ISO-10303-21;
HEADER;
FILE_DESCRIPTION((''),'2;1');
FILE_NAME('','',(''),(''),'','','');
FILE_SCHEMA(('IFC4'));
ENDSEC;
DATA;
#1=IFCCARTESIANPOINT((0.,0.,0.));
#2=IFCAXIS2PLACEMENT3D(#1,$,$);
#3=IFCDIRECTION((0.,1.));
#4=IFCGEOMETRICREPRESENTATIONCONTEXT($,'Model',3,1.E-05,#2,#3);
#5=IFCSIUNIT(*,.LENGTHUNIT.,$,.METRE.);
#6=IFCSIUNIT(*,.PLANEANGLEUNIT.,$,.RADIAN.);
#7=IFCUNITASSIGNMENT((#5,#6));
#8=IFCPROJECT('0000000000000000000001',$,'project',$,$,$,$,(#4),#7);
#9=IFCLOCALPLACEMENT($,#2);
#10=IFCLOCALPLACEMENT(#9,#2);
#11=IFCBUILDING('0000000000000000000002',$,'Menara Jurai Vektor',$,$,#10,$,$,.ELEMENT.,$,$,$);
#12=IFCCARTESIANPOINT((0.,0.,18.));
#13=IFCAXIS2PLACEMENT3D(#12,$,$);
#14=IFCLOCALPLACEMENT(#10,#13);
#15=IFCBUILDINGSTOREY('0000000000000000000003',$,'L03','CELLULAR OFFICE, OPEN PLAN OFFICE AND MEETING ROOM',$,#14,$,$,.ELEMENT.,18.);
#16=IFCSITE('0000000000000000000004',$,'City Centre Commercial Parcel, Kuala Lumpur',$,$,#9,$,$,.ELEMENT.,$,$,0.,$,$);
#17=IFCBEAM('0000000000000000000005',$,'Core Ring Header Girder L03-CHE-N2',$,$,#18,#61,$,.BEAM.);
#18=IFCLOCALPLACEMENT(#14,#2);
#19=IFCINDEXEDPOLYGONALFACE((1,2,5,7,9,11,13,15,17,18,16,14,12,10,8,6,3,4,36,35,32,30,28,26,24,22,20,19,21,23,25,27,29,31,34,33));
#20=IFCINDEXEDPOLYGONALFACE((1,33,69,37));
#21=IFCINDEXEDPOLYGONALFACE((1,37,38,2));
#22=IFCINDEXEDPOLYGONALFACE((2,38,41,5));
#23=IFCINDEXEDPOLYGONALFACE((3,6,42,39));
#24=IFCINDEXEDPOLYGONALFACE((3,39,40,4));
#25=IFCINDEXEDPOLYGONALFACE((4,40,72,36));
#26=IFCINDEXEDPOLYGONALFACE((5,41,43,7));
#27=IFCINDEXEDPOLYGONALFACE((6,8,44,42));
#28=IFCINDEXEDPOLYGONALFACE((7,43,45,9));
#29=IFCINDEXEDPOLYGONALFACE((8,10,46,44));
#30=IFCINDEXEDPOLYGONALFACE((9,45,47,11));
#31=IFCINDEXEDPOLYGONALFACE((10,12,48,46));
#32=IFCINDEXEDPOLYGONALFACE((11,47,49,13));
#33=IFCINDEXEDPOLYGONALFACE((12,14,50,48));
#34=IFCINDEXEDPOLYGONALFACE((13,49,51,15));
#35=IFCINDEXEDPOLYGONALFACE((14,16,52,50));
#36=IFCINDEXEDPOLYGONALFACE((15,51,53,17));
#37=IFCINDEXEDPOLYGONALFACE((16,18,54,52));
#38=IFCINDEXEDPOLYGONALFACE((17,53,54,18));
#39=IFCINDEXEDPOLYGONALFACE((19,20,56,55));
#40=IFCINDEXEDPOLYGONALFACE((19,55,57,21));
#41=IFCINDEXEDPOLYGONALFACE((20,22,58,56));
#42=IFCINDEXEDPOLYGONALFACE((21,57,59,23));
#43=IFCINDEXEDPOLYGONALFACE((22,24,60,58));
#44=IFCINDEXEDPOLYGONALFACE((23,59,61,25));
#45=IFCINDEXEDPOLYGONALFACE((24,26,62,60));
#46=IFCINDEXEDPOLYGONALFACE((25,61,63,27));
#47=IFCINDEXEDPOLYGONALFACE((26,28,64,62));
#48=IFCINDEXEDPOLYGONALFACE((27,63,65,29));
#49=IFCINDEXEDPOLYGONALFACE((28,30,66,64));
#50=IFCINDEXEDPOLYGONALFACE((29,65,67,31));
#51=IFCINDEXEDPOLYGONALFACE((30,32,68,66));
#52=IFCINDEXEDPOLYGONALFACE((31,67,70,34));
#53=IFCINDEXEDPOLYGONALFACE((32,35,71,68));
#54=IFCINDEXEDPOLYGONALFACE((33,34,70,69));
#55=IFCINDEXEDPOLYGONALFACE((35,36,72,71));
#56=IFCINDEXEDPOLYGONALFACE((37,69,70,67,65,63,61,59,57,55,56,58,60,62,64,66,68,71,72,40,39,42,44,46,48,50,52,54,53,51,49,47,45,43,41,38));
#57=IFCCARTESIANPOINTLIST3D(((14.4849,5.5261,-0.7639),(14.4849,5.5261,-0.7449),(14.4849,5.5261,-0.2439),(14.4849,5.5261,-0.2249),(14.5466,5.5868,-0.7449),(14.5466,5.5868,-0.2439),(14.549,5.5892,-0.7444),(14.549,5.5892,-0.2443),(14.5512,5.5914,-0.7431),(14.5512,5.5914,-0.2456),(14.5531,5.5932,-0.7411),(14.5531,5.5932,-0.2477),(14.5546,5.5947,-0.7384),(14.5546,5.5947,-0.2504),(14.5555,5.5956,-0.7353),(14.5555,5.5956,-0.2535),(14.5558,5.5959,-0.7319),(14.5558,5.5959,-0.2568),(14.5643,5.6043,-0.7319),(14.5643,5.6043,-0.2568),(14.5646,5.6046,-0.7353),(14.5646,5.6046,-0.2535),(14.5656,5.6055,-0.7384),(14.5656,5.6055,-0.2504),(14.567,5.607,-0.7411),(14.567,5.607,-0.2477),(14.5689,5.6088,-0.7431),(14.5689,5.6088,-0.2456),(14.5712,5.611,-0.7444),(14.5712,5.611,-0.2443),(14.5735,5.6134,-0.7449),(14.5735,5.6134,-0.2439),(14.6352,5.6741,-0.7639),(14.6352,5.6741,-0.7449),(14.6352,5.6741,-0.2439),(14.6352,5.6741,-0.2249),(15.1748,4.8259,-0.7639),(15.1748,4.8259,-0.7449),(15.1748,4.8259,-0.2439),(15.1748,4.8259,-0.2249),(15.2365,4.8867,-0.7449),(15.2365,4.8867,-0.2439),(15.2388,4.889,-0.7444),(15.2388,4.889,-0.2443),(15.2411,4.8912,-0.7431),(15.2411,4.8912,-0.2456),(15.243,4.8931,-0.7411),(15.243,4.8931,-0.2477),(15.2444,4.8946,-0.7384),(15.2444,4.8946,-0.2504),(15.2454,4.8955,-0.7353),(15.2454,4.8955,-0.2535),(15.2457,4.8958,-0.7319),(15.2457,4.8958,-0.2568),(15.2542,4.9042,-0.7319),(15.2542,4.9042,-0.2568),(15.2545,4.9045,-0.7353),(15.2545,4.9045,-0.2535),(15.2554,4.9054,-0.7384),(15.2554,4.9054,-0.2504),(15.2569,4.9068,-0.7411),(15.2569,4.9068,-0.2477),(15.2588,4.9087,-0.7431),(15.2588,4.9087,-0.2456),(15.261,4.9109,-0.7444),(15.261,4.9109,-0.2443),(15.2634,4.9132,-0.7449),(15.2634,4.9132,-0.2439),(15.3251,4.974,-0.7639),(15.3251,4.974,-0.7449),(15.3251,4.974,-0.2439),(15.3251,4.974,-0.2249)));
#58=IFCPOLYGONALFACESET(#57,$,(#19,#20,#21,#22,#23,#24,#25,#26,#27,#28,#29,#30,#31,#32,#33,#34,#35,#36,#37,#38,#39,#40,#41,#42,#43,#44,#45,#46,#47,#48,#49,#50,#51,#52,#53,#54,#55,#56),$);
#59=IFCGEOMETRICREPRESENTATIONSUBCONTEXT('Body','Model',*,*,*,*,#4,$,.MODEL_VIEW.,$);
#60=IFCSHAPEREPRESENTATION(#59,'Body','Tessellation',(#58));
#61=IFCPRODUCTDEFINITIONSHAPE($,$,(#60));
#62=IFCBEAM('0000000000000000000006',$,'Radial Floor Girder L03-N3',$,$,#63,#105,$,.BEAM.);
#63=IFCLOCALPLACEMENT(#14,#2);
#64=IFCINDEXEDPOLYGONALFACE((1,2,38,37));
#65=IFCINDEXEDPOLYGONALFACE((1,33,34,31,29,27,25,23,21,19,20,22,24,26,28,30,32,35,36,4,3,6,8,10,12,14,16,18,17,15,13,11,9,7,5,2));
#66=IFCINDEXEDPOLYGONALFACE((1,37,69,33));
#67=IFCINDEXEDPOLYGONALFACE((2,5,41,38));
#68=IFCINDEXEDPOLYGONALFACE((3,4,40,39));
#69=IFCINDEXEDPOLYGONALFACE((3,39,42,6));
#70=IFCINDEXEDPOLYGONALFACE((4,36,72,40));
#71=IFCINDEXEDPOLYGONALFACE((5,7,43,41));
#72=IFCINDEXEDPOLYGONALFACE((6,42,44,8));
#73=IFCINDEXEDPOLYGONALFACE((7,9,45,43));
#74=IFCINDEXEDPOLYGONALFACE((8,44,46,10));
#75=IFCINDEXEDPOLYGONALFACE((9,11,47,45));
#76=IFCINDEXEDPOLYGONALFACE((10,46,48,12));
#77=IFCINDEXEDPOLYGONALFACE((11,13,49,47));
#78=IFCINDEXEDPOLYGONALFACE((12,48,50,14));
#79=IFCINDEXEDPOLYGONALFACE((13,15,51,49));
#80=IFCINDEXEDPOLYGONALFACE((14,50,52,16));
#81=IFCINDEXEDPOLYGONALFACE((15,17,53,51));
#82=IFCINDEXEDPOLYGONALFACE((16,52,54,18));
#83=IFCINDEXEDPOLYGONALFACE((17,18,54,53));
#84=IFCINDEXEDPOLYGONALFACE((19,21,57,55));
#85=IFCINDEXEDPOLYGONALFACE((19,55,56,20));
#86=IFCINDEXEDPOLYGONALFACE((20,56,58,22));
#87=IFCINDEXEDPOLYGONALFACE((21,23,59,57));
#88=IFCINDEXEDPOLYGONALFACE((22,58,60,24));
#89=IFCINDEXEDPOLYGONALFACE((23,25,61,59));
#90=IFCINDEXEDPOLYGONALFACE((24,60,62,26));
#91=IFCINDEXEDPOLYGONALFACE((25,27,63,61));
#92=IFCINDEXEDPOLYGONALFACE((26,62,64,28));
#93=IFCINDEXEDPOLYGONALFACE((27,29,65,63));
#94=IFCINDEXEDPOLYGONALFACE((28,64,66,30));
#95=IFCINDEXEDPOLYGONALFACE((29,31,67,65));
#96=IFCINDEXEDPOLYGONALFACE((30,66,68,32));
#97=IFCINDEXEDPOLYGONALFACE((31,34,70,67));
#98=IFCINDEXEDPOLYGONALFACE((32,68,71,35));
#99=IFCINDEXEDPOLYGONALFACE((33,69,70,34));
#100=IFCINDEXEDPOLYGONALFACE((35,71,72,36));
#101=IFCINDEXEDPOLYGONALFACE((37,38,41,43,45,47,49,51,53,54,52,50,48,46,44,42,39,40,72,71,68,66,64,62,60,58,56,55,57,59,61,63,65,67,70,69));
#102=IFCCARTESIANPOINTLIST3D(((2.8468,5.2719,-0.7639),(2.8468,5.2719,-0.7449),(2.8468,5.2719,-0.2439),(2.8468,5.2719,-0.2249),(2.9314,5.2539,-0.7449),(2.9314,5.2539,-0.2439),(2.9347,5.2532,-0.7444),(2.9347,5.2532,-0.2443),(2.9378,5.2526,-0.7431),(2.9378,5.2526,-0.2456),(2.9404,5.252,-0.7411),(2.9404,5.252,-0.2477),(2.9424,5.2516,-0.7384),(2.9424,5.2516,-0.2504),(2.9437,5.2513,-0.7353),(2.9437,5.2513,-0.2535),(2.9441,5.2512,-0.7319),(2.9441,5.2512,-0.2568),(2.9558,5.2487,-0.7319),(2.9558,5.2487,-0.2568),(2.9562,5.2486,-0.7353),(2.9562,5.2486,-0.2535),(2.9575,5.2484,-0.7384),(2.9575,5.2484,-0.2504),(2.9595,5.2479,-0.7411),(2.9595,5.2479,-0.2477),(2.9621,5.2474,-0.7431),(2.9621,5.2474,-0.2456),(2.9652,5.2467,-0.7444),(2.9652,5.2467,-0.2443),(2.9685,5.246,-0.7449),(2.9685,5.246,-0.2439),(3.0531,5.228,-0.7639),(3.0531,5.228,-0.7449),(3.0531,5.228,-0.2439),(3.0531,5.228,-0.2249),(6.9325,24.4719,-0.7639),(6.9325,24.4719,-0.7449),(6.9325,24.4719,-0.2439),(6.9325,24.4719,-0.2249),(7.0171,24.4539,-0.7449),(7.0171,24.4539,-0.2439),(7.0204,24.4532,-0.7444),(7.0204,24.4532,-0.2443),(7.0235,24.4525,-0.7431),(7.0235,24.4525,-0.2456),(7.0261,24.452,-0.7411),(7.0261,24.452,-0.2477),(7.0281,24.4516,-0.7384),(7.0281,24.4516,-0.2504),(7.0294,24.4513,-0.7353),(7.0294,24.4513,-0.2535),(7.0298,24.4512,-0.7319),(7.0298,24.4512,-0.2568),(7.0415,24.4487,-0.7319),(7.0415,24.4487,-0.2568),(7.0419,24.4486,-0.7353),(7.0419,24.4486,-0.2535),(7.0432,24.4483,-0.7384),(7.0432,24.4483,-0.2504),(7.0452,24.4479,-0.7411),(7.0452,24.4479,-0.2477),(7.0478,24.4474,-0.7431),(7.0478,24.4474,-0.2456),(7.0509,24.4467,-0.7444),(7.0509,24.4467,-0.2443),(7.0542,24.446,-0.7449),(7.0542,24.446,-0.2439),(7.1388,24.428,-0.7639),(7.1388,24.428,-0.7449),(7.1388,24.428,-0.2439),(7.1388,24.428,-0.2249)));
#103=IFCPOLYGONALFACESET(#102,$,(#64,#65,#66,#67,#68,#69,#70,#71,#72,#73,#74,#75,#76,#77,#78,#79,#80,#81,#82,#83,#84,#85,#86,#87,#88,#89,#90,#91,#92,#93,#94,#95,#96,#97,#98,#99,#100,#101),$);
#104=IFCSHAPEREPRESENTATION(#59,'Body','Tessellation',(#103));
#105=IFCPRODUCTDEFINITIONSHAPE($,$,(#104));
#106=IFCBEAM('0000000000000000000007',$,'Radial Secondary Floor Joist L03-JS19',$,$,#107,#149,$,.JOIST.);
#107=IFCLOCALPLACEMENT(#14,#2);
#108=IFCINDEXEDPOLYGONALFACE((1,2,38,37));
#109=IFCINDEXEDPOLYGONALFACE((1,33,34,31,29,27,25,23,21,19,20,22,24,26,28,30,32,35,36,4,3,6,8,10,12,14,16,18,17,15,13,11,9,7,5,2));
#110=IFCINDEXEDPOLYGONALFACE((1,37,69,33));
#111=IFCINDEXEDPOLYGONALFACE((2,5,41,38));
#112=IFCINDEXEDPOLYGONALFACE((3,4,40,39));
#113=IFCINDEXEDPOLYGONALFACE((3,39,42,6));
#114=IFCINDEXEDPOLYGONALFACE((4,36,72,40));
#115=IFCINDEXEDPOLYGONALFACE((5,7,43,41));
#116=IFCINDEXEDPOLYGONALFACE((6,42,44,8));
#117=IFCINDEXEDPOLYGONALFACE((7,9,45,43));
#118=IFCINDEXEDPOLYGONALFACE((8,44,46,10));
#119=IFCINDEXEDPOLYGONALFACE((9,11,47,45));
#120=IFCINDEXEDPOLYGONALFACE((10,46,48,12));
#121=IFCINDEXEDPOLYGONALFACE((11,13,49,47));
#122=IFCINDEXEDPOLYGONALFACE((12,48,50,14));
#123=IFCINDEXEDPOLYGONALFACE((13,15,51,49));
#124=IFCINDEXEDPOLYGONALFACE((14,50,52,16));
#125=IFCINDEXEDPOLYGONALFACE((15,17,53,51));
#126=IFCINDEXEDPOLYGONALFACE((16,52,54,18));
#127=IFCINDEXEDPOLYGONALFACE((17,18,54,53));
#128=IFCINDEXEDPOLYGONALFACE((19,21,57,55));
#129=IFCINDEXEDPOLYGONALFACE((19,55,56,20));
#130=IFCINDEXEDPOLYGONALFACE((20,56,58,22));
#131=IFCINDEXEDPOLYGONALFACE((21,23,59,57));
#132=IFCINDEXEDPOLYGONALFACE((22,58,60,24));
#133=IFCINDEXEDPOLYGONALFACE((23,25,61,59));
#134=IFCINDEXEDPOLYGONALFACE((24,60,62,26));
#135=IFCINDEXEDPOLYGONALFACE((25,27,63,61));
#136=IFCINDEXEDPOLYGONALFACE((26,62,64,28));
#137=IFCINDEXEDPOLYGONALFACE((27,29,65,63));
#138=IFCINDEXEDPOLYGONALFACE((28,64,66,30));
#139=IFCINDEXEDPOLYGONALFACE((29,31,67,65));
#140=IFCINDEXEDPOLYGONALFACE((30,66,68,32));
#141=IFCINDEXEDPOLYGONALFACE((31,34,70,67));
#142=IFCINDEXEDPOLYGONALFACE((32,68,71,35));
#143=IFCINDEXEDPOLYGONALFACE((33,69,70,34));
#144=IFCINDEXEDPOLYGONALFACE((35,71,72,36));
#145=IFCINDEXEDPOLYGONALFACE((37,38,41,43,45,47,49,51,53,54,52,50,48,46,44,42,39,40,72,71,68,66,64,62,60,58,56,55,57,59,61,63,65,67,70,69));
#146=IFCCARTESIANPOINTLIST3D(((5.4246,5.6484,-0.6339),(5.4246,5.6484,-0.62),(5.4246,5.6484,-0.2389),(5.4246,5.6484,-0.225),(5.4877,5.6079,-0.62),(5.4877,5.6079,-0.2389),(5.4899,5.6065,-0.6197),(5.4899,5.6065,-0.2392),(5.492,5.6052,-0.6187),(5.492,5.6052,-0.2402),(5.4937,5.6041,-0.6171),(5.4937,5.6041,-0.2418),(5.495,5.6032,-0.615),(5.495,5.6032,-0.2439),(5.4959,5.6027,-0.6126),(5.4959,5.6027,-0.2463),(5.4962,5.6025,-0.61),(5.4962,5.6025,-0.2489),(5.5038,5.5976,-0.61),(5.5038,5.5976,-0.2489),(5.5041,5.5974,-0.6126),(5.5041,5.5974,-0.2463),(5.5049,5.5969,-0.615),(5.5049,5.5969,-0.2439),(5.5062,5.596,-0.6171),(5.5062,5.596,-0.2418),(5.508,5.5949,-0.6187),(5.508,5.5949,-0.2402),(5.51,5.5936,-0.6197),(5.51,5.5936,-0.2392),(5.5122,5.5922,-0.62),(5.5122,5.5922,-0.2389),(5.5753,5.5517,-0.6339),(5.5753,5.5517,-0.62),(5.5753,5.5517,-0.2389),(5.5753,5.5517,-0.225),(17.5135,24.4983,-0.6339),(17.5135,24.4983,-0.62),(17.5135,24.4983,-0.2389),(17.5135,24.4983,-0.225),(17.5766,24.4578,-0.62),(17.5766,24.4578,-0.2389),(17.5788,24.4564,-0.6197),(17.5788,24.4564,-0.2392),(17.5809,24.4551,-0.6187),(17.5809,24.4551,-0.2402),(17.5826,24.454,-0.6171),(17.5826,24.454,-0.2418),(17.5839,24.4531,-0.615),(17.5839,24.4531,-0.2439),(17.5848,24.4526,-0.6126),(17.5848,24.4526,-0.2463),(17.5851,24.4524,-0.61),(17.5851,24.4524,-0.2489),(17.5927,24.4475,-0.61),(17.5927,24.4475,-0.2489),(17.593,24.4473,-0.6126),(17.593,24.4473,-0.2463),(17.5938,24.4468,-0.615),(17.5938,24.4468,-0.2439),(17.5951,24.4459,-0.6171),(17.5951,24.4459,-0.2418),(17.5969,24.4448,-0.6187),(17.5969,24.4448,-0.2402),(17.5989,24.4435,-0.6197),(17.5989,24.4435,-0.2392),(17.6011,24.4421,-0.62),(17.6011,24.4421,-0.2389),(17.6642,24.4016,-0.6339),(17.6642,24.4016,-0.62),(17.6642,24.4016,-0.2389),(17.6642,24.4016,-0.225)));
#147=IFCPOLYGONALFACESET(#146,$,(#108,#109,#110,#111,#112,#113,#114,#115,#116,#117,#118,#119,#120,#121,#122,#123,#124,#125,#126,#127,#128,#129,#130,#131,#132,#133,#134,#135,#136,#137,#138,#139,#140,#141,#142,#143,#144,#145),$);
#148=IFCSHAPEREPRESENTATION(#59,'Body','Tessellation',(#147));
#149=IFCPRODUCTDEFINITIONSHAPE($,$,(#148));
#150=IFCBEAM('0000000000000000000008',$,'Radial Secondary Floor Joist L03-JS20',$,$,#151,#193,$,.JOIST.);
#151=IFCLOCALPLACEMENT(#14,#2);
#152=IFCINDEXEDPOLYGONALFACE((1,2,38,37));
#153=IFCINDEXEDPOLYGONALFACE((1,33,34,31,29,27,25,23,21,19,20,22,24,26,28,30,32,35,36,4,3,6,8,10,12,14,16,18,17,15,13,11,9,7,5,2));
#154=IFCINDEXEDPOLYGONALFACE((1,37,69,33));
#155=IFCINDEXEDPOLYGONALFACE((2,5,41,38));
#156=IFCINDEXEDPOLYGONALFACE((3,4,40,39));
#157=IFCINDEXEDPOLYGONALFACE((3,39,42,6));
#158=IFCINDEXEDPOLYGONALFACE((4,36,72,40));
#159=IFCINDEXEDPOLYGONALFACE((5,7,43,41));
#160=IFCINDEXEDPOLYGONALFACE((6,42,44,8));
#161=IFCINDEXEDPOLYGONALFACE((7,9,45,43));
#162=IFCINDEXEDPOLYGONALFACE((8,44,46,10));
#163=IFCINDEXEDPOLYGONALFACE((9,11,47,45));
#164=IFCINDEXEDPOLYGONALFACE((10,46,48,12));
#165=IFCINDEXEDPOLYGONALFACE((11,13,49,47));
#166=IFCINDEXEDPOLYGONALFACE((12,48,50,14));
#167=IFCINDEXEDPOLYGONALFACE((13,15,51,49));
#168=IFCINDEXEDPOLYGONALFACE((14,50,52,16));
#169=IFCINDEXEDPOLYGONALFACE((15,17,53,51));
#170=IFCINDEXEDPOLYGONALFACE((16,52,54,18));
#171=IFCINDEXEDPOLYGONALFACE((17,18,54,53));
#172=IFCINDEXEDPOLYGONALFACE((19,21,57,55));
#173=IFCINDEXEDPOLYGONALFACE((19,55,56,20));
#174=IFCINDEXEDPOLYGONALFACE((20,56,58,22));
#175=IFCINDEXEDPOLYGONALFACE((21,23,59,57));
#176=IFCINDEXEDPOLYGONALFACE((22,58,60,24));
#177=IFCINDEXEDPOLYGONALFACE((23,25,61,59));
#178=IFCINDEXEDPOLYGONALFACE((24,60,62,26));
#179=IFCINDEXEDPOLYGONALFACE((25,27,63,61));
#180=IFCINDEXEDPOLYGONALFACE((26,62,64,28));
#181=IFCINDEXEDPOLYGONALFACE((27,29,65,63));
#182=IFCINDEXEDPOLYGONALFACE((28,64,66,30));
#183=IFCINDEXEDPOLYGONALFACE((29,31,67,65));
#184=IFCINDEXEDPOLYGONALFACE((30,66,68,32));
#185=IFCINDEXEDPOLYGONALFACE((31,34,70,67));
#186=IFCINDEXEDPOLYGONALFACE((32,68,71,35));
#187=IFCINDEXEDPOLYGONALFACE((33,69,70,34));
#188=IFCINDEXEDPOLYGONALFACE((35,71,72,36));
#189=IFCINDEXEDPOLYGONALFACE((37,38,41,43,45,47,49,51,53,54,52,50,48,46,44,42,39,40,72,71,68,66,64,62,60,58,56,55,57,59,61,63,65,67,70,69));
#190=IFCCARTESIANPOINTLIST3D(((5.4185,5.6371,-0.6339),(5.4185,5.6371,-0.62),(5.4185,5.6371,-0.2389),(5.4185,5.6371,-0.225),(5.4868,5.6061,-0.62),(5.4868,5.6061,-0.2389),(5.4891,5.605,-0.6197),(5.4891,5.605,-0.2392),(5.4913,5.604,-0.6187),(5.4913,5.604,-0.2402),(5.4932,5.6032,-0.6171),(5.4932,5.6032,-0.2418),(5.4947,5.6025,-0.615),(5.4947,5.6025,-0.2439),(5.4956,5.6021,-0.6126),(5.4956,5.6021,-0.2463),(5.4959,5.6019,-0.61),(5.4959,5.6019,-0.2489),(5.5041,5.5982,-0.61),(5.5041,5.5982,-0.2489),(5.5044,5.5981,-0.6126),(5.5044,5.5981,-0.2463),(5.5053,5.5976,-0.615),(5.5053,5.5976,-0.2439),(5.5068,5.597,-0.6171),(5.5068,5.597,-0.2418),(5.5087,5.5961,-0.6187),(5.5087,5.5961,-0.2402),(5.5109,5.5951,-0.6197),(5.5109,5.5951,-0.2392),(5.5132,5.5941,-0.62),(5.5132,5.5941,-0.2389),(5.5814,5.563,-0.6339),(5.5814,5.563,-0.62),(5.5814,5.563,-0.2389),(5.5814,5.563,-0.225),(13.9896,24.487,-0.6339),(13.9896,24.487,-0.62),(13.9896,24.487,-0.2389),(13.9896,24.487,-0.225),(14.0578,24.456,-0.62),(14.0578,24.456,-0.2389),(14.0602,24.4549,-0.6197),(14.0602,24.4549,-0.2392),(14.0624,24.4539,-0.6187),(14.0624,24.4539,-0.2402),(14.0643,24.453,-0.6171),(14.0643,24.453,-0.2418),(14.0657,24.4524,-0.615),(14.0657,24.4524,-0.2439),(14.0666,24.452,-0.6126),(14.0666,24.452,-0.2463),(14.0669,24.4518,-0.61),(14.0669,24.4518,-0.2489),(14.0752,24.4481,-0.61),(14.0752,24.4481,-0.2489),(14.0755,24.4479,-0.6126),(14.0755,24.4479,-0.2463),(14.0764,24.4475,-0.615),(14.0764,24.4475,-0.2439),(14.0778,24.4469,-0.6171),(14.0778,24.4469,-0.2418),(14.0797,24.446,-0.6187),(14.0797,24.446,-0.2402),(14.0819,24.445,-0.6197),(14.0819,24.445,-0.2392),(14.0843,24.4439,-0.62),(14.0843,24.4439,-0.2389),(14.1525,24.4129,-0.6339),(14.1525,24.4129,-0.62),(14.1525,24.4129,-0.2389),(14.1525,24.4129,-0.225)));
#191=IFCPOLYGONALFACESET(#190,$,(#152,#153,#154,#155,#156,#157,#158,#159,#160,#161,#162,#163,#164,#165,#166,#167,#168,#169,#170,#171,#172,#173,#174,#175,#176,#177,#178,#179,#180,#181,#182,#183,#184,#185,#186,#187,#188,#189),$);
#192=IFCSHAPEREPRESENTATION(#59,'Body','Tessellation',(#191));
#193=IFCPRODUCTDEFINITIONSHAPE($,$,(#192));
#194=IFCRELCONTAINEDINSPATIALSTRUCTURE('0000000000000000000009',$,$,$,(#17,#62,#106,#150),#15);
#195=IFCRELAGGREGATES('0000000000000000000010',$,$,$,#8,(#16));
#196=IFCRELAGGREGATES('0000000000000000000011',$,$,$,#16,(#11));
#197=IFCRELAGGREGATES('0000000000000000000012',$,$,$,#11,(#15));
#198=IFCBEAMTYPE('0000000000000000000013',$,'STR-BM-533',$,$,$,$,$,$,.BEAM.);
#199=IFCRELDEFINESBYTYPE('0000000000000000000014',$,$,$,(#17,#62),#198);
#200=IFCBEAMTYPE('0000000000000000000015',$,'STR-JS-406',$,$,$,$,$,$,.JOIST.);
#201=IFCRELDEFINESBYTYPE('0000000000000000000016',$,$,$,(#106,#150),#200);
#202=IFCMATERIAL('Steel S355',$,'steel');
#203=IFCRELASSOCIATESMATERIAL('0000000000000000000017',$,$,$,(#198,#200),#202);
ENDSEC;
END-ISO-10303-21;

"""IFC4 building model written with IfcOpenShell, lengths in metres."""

from ifc_helpers import new_model, si_unit, direction, frame, origin, origin_2d, place, context, subcontext, project, spatial, i_section, extrude, material, material_profile, profile_set, type_object, element, save


model = new_model("IFC4")

# Units and contexts
model_context = context("Model", 3, precision=1e-05, world=origin(), true_north=direction((0.0, 1.0)))
body_context = subcontext(model_context, "Body", "Model", "MODEL_VIEW")
ifc_project = project(units=[si_unit("LENGTHUNIT", "METRE"), si_unit("PLANEANGLEUNIT", "RADIAN")], contexts=[model_context])

# Site, building, storey
site_placement = place(None, origin())
site = spatial("IfcSite", under=ifc_project, at=site_placement, Name="City Centre Commercial Parcel, Kuala Lumpur", CompositionType="ELEMENT", RefElevation=0.0)
building_placement = place(site_placement, origin())
building = spatial("IfcBuilding", under=site, at=building_placement, Name="Menara Jurai Vektor", CompositionType="ELEMENT")
storey_placement = place(building_placement, frame((0.0, 0.0, 18.0)))
storey = spatial("IfcBuildingStorey", under=building, at=storey_placement, Name="L03", Description="CELLULAR OFFICE, OPEN PLAN OFFICE AND MEETING ROOM", CompositionType="ELEMENT", Elevation=18.0)

# Beams
ifc_material_1 = material(Name="Steel S355", Category="steel")
ifc_material_profile_1 = material_profile(ifc_material_1, i_section(OverallWidth=0.2109, OverallDepth=0.5391, WebThickness=0.012, FlangeThickness=0.019, FilletRadius=0.0129, at=origin_2d()), Name="UKB 533x210x109")
ifc_profile_set_1 = profile_set([ifc_material_profile_1], Name="Steel S355")
beam_type_1 = type_object("IfcBeamType", Name="STR-BM-533", PredefinedType="BEAM", material=ifc_profile_set_1)
beam_1_placement = place(storey_placement, frame((14.5601, 5.6001, -0.4944), z_axis=(0.701872, -0.712303, 0.0), x_axis=(0.712303, 0.701872, 0.0)))
element("IfcBeam", 1, at=beam_1_placement, inside=storey, type_object=beam_type_1, Name="Core Ring Header Girder L03-CHE-N2", PredefinedType="BEAM", context=body_context, shape_type="SweptSolid", body=[
    extrude(i_section(OverallWidth=0.2109, OverallDepth=0.5391, WebThickness=0.012, FlangeThickness=0.019, FilletRadius=0.0129, at=origin_2d()), origin(), (0.0, 0.0, 1.0), 0.9829),
])
beam_2_placement = place(storey_placement, frame((7.0356, 24.45, -0.4944), z_axis=(-0.208137, -0.9781, 0.0), x_axis=(0.9781, -0.208137, 0.0)))
element("IfcBeam", 2, at=beam_2_placement, inside=storey, type_object=beam_type_1, Name="Radial Floor Girder L03-N3", PredefinedType="BEAM", context=body_context, shape_type="SweptSolid", body=[
    extrude(i_section(OverallWidth=0.2109, OverallDepth=0.5391, WebThickness=0.012, FlangeThickness=0.019, FilletRadius=0.0129, at=origin_2d()), origin(), (0.0, 0.0, 1.0), 19.6299),
])
ifc_material_profile_2 = material_profile(ifc_material_1, i_section(OverallWidth=0.179, OverallDepth=0.4089, WebThickness=0.009, FlangeThickness=0.0139, FilletRadius=0.01, at=origin_2d()), Name="UKB 406x178x67")
ifc_profile_set_2 = profile_set([ifc_material_profile_2], Name="Steel S355")
beam_type_2 = type_object("IfcBeamType", Name="STR-JS-406", PredefinedType="JOIST", material=ifc_profile_set_2)
beam_3_placement = place(storey_placement, frame((17.5889, 24.45, -0.4294), z_axis=(-0.539844, -0.841765, 0.0), x_axis=(0.841765, -0.539844, 0.0)))
element("IfcBeam", 3, at=beam_3_placement, inside=storey, type_object=beam_type_2, Name="Radial Secondary Floor Joist L03-JS19", PredefinedType="JOIST", context=body_context, shape_type="SweptSolid", body=[
    extrude(i_section(OverallWidth=0.179, OverallDepth=0.4089, WebThickness=0.009, FlangeThickness=0.0139, FilletRadius=0.01, at=origin_2d()), origin(), (0.0, 0.0, 1.0), 22.3933),
])
beam_4_placement = place(storey_placement, frame((14.071, 24.45, -0.4294), z_axis=(-0.41392, -0.910313, 0.0), x_axis=(0.910313, -0.41392, 0.0)))
element("IfcBeam", 4, at=beam_4_placement, inside=storey, type_object=beam_type_2, Name="Radial Secondary Floor Joist L03-JS20", PredefinedType="JOIST", context=body_context, shape_type="SweptSolid", body=[
    extrude(i_section(OverallWidth=0.179, OverallDepth=0.4089, WebThickness=0.009, FlangeThickness=0.0139, FilletRadius=0.01, at=origin_2d()), origin(), (0.0, 0.0, 1.0), 20.707),
])

save(model, "model.ifc")
